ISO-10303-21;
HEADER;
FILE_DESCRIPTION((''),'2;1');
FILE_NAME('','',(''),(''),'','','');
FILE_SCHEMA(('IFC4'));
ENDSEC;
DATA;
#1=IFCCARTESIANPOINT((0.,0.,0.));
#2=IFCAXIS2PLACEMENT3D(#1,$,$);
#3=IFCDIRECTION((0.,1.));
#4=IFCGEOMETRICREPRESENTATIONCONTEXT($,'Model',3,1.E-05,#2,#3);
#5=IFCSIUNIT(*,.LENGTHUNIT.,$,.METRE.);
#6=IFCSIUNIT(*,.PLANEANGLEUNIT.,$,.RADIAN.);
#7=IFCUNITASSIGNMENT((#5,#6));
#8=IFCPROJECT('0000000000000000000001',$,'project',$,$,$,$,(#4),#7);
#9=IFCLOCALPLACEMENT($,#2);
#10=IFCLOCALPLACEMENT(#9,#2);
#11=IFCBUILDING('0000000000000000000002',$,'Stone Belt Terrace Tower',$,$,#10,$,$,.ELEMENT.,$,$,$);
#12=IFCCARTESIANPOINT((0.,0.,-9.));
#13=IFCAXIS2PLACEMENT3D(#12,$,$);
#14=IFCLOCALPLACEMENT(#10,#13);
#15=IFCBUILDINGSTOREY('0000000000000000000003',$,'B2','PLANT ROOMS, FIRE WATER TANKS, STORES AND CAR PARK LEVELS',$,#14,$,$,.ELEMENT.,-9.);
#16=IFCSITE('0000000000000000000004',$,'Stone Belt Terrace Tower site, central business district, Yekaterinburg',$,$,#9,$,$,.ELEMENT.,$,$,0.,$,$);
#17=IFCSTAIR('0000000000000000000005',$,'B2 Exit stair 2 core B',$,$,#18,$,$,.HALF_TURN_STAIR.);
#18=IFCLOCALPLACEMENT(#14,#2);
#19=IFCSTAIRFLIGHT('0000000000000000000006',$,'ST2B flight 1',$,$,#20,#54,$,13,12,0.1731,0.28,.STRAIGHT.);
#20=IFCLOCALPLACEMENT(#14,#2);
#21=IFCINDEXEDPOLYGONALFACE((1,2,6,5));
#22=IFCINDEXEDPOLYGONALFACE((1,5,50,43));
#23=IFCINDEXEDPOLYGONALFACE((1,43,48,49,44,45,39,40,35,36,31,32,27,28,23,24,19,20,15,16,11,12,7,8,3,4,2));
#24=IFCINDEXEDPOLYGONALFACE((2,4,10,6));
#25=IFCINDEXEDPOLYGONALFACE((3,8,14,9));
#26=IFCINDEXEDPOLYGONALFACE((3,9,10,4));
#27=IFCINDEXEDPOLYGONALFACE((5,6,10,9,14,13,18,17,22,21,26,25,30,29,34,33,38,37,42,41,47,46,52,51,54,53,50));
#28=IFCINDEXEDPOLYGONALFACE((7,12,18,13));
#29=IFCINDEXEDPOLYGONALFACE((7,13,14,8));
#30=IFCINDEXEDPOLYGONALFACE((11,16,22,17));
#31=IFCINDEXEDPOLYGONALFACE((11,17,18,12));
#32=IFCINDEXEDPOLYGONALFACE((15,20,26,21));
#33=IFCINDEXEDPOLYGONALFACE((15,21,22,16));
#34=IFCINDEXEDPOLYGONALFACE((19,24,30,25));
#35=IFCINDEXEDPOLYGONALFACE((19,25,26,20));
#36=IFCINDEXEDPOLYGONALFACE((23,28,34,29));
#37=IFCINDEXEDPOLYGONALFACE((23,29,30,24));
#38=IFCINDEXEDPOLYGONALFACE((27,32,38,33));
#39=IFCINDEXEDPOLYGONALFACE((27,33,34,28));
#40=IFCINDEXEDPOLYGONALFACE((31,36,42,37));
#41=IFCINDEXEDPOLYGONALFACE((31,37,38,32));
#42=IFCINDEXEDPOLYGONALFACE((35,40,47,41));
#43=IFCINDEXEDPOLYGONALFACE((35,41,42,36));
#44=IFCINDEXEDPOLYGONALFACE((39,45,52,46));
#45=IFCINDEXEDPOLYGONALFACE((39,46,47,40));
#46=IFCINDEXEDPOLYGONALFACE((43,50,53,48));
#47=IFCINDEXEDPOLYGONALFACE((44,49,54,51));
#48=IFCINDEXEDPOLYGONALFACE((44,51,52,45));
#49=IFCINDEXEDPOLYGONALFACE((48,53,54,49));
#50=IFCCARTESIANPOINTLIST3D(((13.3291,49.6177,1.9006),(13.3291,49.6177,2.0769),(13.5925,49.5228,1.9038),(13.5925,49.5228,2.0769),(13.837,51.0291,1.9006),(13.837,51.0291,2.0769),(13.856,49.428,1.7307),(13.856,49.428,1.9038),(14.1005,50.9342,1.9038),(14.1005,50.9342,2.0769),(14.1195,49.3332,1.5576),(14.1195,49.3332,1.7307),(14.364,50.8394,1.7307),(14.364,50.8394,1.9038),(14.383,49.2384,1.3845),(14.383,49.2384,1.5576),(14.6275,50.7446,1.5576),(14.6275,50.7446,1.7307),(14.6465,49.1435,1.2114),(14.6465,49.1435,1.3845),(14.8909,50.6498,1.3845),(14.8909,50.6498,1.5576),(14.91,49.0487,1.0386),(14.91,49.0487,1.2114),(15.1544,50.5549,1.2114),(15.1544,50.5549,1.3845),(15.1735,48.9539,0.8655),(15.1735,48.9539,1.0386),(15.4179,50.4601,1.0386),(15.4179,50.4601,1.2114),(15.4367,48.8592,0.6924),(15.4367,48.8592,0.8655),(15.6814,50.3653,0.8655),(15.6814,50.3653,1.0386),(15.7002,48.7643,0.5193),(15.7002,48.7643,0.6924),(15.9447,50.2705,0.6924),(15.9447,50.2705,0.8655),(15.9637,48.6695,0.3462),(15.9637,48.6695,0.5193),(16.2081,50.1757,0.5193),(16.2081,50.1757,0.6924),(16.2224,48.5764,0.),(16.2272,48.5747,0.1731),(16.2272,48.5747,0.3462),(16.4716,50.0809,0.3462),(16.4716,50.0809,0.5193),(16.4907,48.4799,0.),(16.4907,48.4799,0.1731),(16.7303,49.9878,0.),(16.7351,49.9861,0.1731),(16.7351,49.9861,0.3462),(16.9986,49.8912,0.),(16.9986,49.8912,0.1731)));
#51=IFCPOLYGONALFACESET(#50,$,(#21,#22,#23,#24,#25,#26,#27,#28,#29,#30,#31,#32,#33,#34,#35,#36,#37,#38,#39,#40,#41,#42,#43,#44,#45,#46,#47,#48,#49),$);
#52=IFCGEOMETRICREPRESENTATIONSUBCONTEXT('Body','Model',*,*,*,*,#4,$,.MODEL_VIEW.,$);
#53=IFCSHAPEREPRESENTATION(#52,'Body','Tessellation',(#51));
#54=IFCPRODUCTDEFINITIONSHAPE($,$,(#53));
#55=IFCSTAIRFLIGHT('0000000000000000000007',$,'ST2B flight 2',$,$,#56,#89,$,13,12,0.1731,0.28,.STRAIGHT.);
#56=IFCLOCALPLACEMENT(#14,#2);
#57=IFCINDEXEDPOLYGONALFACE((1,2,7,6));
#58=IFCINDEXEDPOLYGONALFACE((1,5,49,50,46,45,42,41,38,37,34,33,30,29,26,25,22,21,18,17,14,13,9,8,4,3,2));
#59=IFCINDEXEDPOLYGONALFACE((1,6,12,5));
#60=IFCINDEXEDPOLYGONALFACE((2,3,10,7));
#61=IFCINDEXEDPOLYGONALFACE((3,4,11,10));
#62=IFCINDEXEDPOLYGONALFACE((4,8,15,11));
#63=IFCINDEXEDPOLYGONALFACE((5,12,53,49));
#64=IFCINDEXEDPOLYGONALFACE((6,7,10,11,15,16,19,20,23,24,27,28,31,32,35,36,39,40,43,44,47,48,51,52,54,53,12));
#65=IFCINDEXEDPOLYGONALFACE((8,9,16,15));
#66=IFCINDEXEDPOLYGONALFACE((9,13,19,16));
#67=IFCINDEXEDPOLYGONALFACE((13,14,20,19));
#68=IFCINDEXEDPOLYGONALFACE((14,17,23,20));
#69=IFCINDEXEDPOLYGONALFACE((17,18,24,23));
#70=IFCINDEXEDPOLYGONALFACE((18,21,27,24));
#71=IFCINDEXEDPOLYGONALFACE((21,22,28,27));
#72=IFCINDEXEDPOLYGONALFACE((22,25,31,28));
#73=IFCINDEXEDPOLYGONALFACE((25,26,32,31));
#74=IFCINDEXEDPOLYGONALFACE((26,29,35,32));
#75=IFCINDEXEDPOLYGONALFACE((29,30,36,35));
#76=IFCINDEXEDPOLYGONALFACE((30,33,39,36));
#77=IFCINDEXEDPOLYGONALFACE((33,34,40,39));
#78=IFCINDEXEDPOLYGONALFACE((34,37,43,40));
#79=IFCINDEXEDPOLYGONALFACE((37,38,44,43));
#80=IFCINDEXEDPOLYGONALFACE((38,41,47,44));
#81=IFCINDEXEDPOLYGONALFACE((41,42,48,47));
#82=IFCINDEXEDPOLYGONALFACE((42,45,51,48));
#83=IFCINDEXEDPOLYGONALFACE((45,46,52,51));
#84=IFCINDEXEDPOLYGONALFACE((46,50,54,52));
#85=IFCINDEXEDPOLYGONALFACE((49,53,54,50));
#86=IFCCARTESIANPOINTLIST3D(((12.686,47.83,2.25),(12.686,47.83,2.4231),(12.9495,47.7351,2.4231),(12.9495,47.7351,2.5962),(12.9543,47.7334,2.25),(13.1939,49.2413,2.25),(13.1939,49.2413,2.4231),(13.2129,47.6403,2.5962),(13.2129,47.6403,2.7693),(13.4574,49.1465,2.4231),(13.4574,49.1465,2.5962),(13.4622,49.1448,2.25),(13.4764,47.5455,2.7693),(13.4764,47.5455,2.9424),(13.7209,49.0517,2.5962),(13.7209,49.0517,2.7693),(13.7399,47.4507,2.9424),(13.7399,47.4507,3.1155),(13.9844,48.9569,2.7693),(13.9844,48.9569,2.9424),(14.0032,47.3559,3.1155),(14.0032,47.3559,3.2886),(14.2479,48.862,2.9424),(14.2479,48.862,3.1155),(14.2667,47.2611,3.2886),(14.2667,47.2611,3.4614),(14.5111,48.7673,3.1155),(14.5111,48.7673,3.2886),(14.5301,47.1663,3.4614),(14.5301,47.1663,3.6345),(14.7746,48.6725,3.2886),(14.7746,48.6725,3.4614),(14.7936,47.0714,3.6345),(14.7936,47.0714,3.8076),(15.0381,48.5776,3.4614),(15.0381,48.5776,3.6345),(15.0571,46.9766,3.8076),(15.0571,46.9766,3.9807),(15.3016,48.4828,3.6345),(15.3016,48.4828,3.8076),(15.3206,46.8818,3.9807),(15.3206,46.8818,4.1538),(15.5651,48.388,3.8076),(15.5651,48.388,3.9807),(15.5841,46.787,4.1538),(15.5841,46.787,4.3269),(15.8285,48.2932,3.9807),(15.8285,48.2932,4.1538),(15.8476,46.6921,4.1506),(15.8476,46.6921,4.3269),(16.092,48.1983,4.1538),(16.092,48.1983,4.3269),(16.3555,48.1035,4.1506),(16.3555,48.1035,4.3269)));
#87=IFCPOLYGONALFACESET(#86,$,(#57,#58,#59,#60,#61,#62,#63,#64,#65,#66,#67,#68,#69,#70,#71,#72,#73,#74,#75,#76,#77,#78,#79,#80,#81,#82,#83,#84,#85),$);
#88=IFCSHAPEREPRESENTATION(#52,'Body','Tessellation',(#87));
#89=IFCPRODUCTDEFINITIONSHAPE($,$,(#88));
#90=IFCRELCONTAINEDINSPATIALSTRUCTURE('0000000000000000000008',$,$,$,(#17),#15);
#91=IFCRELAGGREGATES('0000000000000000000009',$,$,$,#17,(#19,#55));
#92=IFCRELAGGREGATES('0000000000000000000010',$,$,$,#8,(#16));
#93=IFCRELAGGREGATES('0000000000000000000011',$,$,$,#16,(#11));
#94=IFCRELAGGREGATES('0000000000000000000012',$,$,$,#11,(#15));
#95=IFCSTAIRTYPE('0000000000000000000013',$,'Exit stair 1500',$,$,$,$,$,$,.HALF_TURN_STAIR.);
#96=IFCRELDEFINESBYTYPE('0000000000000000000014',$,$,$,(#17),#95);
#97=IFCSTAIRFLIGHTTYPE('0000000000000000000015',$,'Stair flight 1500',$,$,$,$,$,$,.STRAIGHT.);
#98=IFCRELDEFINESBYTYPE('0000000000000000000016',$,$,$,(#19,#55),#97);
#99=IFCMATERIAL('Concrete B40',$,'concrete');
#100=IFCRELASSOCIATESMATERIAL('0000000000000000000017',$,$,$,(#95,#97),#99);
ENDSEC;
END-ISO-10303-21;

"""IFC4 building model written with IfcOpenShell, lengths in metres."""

from ifc_helpers import new_model, si_unit, direction, frame, origin, place, context, subcontext, project, spatial, polyline, outline, extrude, material, type_object, element, aggregate, save


model = new_model("IFC4")

# Units and contexts
model_context = context("Model", 3, precision=1e-05, world=origin(), true_north=direction((0.0, 1.0)))
body_context = subcontext(model_context, "Body", "Model", "MODEL_VIEW")
ifc_project = project(units=[si_unit("LENGTHUNIT", "METRE"), si_unit("PLANEANGLEUNIT", "RADIAN")], contexts=[model_context])

# Site, building, storey
site_placement = place(None, origin())
site = spatial("IfcSite", under=ifc_project, at=site_placement, Name="Stone Belt Terrace Tower site, central business district, Yekaterinburg", CompositionType="ELEMENT", RefElevation=0.0)
building_placement = place(site_placement, origin())
building = spatial("IfcBuilding", under=site, at=building_placement, Name="Stone Belt Terrace Tower", CompositionType="ELEMENT")
storey_placement = place(building_placement, frame((0.0, 0.0, -9.0)))
storey = spatial("IfcBuildingStorey", under=building, at=storey_placement, Name="B2", Description="PLANT ROOMS, FIRE WATER TANKS, STORES AND CAR PARK LEVELS", CompositionType="ELEMENT", Elevation=-9.0)

# Stair, stair flights
ifc_material_1 = material(Name="Concrete B40", Category="concrete")
stair_type = type_object("IfcStairType", Name="Exit stair 1500", PredefinedType="HALF_TURN_STAIR", material=ifc_material_1)
stair_placement = place(storey_placement, origin())
stair = element("IfcStair", 1, at=stair_placement, inside=storey, type_object=stair_type, Name="B2 Exit stair 2 core B", PredefinedType="HALF_TURN_STAIR")
stair_flight_type = type_object("IfcStairFlightType", Name="Stair flight 1500", PredefinedType="STRAIGHT", material=ifc_material_1)
stair_flight_1_placement = place(storey_placement, frame((16.7446, 49.1855, 0.0), z_axis=(0.0, 0.0, 1.0), x_axis=(-0.940922, 0.338624, 0.0)))
stair_flight_1 = element("IfcStairFlight", 2, at=stair_flight_1_placement, type_object=stair_flight_type, Name="ST2B flight 1", NumberOfRisers=13, NumberOfTreads=12, PredefinedType="STRAIGHT", RiserHeight=0.1731, TreadLength=0.28, context=body_context, shape_type="SweptSolid", body=[
    extrude(outline(polyline([(0.0, 0.0), (0.0, 0.1731), (0.28, 0.1731), (0.28, 0.3462), (0.5601, 0.3462), (0.5601, 0.5193), (0.8401, 0.5193), (0.8401, 0.6924), (1.1201, 0.6924), (1.1201, 0.8655), (1.3999, 0.8655), (1.3999, 1.0386), (1.6799, 1.0386), (1.6799, 1.2114), (1.96, 1.2114), (1.96, 1.3845), (2.24, 1.3845), (2.24, 1.5576), (2.52, 1.5576), (2.52, 1.7307), (2.8, 1.7307), (2.8, 1.9038), (3.0801, 1.9038), (3.0801, 2.0769), (3.3601, 2.0769), (3.3601, 2.25), (3.3601, 1.9006), (0.2852, 0.0), (0.0, 0.0)])), frame((0.0, 0.75, 0.0), z_axis=(0.0, -1.0, 0.0), x_axis=(1.0, 0.0, 0.0)), (0.0, 0.0, 1.0), 1.5),
])
stair_flight_2_placement = place(storey_placement, frame((12.9399, 48.5356, 2.25), z_axis=(0.0, 0.0, 1.0), x_axis=(0.940922, -0.338624, 0.0)))
stair_flight_2 = element("IfcStairFlight", 3, at=stair_flight_2_placement, type_object=stair_flight_type, Name="ST2B flight 2", NumberOfRisers=13, NumberOfTreads=12, PredefinedType="STRAIGHT", RiserHeight=0.1731, TreadLength=0.28, context=body_context, shape_type="SweptSolid", body=[
    extrude(outline(polyline([(0.0, 0.0), (0.0, 0.1731), (0.28, 0.1731), (0.28, 0.3462), (0.5601, 0.3462), (0.5601, 0.5193), (0.8401, 0.5193), (0.8401, 0.6924), (1.1201, 0.6924), (1.1201, 0.8655), (1.3999, 0.8655), (1.3999, 1.0386), (1.6799, 1.0386), (1.6799, 1.2114), (1.96, 1.2114), (1.96, 1.3845), (2.24, 1.3845), (2.24, 1.5576), (2.52, 1.5576), (2.52, 1.7307), (2.8, 1.7307), (2.8, 1.9038), (3.0801, 1.9038), (3.0801, 2.0769), (3.3601, 2.0769), (3.3601, 2.25), (3.3601, 1.9006), (0.2852, 0.0), (0.0, 0.0)])), frame((0.0, 0.75, 0.0), z_axis=(0.0, -1.0, 0.0), x_axis=(1.0, 0.0, 0.0)), (0.0, 0.0, 1.0), 1.5),
])
aggregate(stair, [stair_flight_1, stair_flight_2])

save(model, "model.ifc")
